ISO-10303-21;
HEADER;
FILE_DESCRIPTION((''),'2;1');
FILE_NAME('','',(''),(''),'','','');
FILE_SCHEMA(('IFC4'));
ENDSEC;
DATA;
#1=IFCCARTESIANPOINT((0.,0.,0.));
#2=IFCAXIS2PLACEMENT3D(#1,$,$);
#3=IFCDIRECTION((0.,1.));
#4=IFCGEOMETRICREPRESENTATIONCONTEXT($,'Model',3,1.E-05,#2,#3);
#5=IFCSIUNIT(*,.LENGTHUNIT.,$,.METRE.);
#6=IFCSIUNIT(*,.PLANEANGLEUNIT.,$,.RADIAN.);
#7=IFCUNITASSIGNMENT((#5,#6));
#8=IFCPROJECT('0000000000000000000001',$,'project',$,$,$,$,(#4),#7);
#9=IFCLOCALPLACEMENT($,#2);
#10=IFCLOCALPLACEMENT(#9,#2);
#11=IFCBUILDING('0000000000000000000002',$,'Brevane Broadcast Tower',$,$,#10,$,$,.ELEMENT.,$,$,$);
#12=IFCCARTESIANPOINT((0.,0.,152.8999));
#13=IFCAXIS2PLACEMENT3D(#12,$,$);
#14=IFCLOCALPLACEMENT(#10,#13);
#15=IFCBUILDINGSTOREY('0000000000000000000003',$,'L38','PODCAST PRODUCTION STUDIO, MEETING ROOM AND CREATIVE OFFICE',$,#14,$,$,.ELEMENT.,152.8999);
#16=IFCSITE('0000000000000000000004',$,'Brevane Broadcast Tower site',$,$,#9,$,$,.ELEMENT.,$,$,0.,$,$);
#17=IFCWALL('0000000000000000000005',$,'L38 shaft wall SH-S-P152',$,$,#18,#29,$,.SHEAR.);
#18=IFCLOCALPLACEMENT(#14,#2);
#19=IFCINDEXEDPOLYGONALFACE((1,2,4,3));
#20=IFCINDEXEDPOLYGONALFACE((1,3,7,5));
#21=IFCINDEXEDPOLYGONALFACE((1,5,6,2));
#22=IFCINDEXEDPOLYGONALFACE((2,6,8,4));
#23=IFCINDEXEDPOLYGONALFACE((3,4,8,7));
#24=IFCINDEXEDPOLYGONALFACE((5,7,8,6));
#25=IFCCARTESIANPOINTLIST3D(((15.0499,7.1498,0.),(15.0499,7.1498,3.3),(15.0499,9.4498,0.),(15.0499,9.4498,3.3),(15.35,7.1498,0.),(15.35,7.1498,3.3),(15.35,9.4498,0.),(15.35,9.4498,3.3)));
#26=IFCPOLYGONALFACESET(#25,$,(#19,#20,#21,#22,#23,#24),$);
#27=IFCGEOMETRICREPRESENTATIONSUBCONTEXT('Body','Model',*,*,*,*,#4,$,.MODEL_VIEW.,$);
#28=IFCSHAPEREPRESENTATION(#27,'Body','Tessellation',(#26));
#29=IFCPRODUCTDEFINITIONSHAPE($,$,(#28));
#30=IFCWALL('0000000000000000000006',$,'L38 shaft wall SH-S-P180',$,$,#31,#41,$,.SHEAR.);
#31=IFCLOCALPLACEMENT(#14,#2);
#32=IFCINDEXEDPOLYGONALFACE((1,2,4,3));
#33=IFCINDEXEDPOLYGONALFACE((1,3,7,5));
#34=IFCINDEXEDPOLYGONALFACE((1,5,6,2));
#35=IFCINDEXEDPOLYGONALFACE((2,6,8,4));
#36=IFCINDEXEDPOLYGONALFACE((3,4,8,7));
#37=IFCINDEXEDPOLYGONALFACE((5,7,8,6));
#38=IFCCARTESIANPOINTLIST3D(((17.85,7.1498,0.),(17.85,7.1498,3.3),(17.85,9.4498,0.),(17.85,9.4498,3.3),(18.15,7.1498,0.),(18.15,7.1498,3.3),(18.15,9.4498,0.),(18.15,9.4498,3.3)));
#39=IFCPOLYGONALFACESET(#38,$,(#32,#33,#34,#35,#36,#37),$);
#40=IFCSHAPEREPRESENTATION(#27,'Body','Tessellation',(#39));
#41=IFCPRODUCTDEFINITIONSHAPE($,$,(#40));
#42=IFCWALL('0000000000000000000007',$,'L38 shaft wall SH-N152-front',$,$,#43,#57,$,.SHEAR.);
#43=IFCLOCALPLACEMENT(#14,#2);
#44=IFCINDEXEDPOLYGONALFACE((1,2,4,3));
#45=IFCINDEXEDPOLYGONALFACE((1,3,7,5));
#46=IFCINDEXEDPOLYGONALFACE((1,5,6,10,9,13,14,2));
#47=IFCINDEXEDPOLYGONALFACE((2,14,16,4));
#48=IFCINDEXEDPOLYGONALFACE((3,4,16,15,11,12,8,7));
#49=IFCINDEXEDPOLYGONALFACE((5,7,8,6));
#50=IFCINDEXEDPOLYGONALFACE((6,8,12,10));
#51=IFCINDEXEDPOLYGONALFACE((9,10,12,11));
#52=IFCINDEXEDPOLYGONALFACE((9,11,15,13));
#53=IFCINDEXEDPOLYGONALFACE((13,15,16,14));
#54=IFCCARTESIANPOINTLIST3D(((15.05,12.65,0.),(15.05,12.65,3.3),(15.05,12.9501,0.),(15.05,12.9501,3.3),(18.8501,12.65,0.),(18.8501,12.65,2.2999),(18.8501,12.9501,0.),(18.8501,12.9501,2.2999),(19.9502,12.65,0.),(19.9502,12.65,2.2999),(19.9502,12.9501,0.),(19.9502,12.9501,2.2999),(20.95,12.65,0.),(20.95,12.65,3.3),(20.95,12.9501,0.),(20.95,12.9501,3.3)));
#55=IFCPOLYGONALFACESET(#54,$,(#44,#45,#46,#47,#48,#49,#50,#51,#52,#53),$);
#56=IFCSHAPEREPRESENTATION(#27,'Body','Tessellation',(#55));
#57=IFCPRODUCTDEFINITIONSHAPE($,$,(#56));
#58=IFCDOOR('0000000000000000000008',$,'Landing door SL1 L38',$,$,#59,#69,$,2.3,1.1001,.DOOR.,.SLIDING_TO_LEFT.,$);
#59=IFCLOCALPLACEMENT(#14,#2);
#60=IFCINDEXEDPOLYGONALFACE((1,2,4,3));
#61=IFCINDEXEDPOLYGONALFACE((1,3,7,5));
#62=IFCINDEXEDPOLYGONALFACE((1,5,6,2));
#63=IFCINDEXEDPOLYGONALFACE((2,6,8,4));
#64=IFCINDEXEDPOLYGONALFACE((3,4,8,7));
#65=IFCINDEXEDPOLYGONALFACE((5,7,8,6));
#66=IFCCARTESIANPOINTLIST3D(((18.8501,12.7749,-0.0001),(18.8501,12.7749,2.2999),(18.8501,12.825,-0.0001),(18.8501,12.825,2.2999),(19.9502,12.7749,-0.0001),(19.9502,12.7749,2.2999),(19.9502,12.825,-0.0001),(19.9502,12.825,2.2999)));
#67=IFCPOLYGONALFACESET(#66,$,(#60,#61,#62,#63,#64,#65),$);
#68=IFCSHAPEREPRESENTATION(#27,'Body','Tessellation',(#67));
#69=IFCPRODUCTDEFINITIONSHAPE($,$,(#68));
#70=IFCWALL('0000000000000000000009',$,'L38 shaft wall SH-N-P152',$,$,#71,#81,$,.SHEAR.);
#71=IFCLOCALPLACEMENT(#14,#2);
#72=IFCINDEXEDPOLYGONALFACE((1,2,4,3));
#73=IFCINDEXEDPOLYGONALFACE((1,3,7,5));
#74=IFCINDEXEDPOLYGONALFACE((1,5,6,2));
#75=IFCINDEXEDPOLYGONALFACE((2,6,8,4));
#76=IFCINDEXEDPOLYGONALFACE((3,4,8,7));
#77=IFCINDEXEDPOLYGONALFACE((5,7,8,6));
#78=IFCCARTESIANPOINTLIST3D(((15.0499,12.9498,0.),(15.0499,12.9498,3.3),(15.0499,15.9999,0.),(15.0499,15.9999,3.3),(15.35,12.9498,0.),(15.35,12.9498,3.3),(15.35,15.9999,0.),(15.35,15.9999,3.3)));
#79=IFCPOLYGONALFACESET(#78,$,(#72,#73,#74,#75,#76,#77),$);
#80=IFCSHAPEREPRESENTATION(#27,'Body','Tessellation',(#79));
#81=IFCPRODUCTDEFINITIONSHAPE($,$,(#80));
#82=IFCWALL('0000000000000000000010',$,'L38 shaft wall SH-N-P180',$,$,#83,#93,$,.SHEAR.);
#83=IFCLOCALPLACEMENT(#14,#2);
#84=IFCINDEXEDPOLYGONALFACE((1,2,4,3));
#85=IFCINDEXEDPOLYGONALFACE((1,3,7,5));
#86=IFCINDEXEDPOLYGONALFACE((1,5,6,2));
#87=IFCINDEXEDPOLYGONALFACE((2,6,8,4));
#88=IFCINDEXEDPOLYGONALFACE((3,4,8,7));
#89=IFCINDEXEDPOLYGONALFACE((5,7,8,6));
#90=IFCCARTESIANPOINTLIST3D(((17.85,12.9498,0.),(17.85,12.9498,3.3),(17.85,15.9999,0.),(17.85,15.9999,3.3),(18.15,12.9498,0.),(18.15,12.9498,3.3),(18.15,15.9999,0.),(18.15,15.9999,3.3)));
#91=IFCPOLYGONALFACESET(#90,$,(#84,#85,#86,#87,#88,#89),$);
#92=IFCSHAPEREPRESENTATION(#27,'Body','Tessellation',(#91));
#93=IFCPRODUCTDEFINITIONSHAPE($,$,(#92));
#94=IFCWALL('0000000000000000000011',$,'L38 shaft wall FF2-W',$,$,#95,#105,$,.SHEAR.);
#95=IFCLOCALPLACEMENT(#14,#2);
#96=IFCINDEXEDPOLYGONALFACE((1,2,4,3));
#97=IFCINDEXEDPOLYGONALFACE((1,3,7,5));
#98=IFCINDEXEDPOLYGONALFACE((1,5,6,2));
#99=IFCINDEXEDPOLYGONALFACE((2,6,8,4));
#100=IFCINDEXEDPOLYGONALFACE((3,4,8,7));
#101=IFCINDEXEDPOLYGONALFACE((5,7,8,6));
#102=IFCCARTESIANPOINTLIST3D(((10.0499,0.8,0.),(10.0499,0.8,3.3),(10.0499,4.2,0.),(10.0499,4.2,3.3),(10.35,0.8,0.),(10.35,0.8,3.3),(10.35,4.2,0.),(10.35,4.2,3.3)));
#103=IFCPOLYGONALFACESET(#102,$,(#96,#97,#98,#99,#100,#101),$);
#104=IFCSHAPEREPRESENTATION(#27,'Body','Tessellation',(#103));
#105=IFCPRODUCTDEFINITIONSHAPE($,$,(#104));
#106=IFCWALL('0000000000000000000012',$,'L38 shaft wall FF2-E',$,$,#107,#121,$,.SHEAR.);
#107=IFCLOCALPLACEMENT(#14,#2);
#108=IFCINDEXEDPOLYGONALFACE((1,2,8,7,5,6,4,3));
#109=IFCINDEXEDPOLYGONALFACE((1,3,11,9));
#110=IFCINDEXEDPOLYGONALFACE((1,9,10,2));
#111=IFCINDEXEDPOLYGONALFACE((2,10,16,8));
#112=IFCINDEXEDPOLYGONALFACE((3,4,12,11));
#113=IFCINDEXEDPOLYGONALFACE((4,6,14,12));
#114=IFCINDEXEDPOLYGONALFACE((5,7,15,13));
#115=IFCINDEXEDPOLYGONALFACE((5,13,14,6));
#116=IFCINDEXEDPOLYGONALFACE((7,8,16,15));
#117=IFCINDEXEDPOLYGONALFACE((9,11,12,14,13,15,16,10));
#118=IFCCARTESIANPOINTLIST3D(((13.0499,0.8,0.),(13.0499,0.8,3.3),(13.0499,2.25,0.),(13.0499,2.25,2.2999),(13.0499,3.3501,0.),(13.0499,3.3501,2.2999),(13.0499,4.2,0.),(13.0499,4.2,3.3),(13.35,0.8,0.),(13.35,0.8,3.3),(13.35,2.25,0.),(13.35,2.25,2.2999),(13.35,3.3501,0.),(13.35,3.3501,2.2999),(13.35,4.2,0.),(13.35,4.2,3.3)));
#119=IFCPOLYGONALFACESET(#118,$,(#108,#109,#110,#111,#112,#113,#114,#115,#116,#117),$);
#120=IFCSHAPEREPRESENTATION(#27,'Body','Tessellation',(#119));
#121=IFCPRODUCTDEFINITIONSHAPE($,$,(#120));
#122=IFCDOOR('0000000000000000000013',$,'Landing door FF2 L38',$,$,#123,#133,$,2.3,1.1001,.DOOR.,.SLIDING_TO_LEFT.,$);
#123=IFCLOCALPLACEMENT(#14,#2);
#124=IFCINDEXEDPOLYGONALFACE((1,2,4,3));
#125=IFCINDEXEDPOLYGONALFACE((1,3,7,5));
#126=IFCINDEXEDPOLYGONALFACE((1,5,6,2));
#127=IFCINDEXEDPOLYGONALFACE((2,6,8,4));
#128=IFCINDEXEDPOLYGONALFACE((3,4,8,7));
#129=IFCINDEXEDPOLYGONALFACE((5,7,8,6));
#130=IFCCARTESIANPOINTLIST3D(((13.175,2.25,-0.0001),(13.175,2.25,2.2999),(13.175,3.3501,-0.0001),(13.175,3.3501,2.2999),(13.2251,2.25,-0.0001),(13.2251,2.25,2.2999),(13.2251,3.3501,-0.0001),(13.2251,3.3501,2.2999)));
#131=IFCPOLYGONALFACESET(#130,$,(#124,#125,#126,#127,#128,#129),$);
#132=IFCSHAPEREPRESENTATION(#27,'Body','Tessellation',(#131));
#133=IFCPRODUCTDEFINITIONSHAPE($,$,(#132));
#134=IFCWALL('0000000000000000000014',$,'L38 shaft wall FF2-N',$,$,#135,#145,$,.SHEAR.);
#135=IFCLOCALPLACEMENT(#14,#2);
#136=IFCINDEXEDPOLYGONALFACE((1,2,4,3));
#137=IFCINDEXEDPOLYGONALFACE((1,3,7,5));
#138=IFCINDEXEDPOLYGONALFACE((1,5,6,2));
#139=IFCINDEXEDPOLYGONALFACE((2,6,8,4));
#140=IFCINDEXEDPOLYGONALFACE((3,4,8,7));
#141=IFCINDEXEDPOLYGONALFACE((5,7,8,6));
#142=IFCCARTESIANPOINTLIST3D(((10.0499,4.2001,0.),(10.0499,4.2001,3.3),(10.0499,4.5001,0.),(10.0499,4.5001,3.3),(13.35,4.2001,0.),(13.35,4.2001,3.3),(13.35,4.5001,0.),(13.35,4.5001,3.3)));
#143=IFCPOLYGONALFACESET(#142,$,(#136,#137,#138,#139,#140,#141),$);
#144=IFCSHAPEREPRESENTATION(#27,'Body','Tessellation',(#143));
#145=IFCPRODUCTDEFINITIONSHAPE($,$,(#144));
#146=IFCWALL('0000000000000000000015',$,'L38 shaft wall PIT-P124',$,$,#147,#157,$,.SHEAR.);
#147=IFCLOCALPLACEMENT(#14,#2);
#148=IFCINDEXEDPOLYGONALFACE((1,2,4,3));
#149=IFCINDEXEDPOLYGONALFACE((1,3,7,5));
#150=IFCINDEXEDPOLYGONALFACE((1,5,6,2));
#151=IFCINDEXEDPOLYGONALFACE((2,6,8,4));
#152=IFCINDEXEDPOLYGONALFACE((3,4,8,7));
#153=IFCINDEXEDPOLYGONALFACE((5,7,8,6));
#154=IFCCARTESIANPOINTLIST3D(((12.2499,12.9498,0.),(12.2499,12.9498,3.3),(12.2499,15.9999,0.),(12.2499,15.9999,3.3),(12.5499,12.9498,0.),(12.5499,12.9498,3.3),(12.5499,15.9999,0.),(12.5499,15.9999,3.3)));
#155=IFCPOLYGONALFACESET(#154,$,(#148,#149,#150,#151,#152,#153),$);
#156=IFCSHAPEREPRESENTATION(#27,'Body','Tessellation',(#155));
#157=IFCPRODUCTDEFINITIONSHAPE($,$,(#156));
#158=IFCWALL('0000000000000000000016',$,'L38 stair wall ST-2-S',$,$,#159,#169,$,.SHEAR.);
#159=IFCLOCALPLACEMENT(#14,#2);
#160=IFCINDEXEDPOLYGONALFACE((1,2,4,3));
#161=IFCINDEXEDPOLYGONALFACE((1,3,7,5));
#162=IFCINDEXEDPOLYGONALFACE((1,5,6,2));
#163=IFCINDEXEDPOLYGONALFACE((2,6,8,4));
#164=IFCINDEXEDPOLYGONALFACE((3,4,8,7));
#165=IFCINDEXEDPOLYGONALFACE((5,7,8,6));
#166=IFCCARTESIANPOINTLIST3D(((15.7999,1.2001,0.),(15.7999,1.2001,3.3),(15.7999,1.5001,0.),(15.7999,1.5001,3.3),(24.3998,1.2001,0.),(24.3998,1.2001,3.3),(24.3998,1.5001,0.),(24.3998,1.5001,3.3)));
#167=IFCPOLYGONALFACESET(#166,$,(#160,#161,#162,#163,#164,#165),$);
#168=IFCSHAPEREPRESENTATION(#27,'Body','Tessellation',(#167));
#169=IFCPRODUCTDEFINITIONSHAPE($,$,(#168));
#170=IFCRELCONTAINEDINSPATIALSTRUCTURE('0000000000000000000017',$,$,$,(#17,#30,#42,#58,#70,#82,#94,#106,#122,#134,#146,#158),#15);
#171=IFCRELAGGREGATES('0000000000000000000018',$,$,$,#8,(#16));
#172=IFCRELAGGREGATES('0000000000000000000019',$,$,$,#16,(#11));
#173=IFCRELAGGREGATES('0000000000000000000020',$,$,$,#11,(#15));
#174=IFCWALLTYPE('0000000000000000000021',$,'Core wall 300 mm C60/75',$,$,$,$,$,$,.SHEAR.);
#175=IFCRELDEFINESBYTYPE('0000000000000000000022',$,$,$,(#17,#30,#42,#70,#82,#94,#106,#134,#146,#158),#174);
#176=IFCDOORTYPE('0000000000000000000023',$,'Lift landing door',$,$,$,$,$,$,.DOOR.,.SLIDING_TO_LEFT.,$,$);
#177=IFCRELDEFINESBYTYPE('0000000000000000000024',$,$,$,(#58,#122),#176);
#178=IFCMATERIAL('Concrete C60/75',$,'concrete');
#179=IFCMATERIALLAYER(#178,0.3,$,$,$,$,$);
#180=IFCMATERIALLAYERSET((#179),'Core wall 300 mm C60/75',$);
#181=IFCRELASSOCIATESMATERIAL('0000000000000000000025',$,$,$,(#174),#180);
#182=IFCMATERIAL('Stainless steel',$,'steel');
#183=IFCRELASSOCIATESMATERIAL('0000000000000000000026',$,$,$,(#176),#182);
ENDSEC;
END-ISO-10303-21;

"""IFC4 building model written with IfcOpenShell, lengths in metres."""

from ifc_helpers import new_model, si_unit, direction, frame, frame_2d, origin, place, context, subcontext, project, spatial, rectangle, extrude, material, layer, layer_set, type_object, element, fill, save


model = new_model("IFC4")

# Units and contexts
model_context = context("Model", 3, precision=1e-05, world=origin(), true_north=direction((0.0, 1.0)))
body_context = subcontext(model_context, "Body", "Model", "MODEL_VIEW")
ifc_project = project(units=[si_unit("LENGTHUNIT", "METRE"), si_unit("PLANEANGLEUNIT", "RADIAN")], contexts=[model_context])

# Site, building, storey
site_placement = place(None, origin())
site = spatial("IfcSite", under=ifc_project, at=site_placement, Name="Brevane Broadcast Tower site", CompositionType="ELEMENT", RefElevation=0.0)
building_placement = place(site_placement, origin())
building = spatial("IfcBuilding", under=site, at=building_placement, Name="Brevane Broadcast Tower", CompositionType="ELEMENT")
storey_placement = place(building_placement, frame((0.0, 0.0, 152.8999)))
storey = spatial("IfcBuildingStorey", under=building, at=storey_placement, Name="L38", Description="PODCAST PRODUCTION STUDIO, MEETING ROOM AND CREATIVE OFFICE", CompositionType="ELEMENT", Elevation=152.8999)

# Walls
ifc_material_1 = material(Name="Concrete C60/75", Category="concrete")
ifc_layer_1 = layer(ifc_material_1, 0.3)
ifc_layer_set_1 = layer_set([ifc_layer_1], Name="Core wall 300 mm C60/75")
wall_type_1 = type_object("IfcWallType", Name="Core wall 300 mm C60/75", PredefinedType="SHEAR", material=ifc_layer_set_1)
for number, where, z_axis, x_axis, name in (
    (1, (15.2, 7.1499, 0.0), (0.0, 0.0, 1.0), (0.0, 1.0, 0.0), "L38 shaft wall SH-S-P152"),
    (2, (18.0, 7.1499, 0.0), (0.0, 0.0, 1.0), (0.0, 1.0, 0.0), "L38 shaft wall SH-S-P180"),
):
    element("IfcWall", number, at=place(storey_placement, frame(where, z_axis=z_axis, x_axis=x_axis)), inside=storey, type_object=wall_type_1, Name=name, PredefinedType="SHEAR", context=body_context, shape_type="SweptSolid", body=[
        extrude(rectangle(XDim=2.3, YDim=0.3, at=frame_2d((1.1499, 0.0))), origin(), (0.0, 0.0, 1.0), 3.3),
    ])

# Wall, opening, door
wall_1_placement = place(storey_placement, frame((15.05, 12.8, 0.0), z_axis=(0.0, 0.0, 1.0), x_axis=(1.0, 0.0, 0.0)))
wall_1 = element("IfcWall", 3, at=wall_1_placement, inside=storey, type_object=wall_type_1, Name="L38 shaft wall SH-N152-front", PredefinedType="SHEAR", context=body_context, shape_type="SweptSolid", body=[
    extrude(rectangle(XDim=5.8999, YDim=0.3, at=frame_2d((2.95, 0.0))), origin(), (0.0, 0.0, 1.0), 3.3),
])
opening_1_placement = place(wall_1_placement, frame((3.8, 0.0, 0.0)))
opening_1 = element("IfcOpeningElement", 4, at=opening_1_placement, cuts=wall_1, PredefinedType="OPENING", context=body_context, shape_type="SweptSolid", body=[
    extrude(rectangle(XDim=1.1001, YDim=2.3, at=frame_2d((0.55, 1.1499))), frame((0.0, 0.1599, 0.0), z_axis=(0.0, -1.0, 0.0), x_axis=(1.0, 0.0, 0.0)), (0.0, 0.0, 1.0), 0.3201),
])
ifc_material_2 = material(Name="Stainless steel", Category="steel")
door_type_1 = type_object("IfcDoorType", Name="Lift landing door", OperationType="SLIDING_TO_LEFT", PredefinedType="DOOR", material=ifc_material_2)
door_1_placement = place(opening_1_placement, origin())
door_1 = element("IfcDoor", 5, at=door_1_placement, inside=storey, type_object=door_type_1, Name="Landing door SL1 L38", OperationType="SLIDING_TO_LEFT", OverallHeight=2.3, OverallWidth=1.1001, PredefinedType="DOOR", context=body_context, shape_type="SweptSolid", body=[
    extrude(rectangle(XDim=1.1001, YDim=2.3, at=frame_2d((0.55, 1.1499))), frame((0.0, 0.0249, 0.0), z_axis=(0.0, -1.0, 0.0), x_axis=(1.0, 0.0, 0.0)), (0.0, 0.0, 1.0), 0.05),
])
fill(opening_1, door_1)

# Walls
for number, where, z_axis, x_axis, name in (
    (6, (15.2, 12.95, 0.0), (0.0, 0.0, 1.0), (0.0, 1.0, 0.0), "L38 shaft wall SH-N-P152"),
    (7, (18.0, 12.95, 0.0), (0.0, 0.0, 1.0), (0.0, 1.0, 0.0), "L38 shaft wall SH-N-P180"),
):
    element("IfcWall", number, at=place(storey_placement, frame(where, z_axis=z_axis, x_axis=x_axis)), inside=storey, type_object=wall_type_1, Name=name, PredefinedType="SHEAR", context=body_context, shape_type="SweptSolid", body=[
        extrude(rectangle(XDim=3.05, YDim=0.3, at=frame_2d((1.5249, 0.0))), origin(), (0.0, 0.0, 1.0), 3.3),
    ])
wall_2_placement = place(storey_placement, frame((10.2, 0.8, 0.0), z_axis=(0.0, 0.0, 1.0), x_axis=(0.0, 1.0, 0.0)))
element("IfcWall", 8, at=wall_2_placement, inside=storey, type_object=wall_type_1, Name="L38 shaft wall FF2-W", PredefinedType="SHEAR", context=body_context, shape_type="SweptSolid", body=[
    extrude(rectangle(XDim=3.3999, YDim=0.3, at=frame_2d((1.7, 0.0))), origin(), (0.0, 0.0, 1.0), 3.3),
])

# Wall, opening, door
wall_3_placement = place(storey_placement, frame((13.2, 0.8, 0.0), z_axis=(0.0, 0.0, 1.0), x_axis=(0.0, 1.0, 0.0)))
wall_3 = element("IfcWall", 9, at=wall_3_placement, inside=storey, type_object=wall_type_1, Name="L38 shaft wall FF2-E", PredefinedType="SHEAR", context=body_context, shape_type="SweptSolid", body=[
    extrude(rectangle(XDim=3.3999, YDim=0.3, at=frame_2d((1.7, 0.0))), origin(), (0.0, 0.0, 1.0), 3.3),
])
opening_2_placement = place(wall_3_placement, frame((1.45, 0.0, 0.0)))
opening_2 = element("IfcOpeningElement", 10, at=opening_2_placement, cuts=wall_3, PredefinedType="OPENING", context=body_context, shape_type="SweptSolid", body=[
    extrude(rectangle(XDim=1.1001, YDim=2.3, at=frame_2d((0.55, 1.1499))), frame((0.0, 0.1599, 0.0), z_axis=(0.0, -1.0, 0.0), x_axis=(1.0, 0.0, 0.0)), (0.0, 0.0, 1.0), 0.3201),
])
door_2_placement = place(opening_2_placement, origin())
door_2 = element("IfcDoor", 11, at=door_2_placement, inside=storey, type_object=door_type_1, Name="Landing door FF2 L38", OperationType="SLIDING_TO_LEFT", OverallHeight=2.3, OverallWidth=1.1001, PredefinedType="DOOR", context=body_context, shape_type="SweptSolid", body=[
    extrude(rectangle(XDim=1.1001, YDim=2.3, at=frame_2d((0.55, 1.1499))), frame((0.0, 0.0249, 0.0), z_axis=(0.0, -1.0, 0.0), x_axis=(1.0, 0.0, 0.0)), (0.0, 0.0, 1.0), 0.05),
])
fill(opening_2, door_2)

# Walls
wall_4_placement = place(storey_placement, frame((10.05, 4.3501, 0.0), z_axis=(0.0, 0.0, 1.0), x_axis=(1.0, 0.0, 0.0)))
element("IfcWall", 12, at=wall_4_placement, inside=storey, type_object=wall_type_1, Name="L38 shaft wall FF2-N", PredefinedType="SHEAR", context=body_context, shape_type="SweptSolid", body=[
    extrude(rectangle(XDim=3.3, YDim=0.3, at=frame_2d((1.6499, 0.0))), origin(), (0.0, 0.0, 1.0), 3.3),
])
wall_5_placement = place(storey_placement, frame((12.3999, 12.95, 0.0), z_axis=(0.0, 0.0, 1.0), x_axis=(0.0, 1.0, 0.0)))
element("IfcWall", 13, at=wall_5_placement, inside=storey, type_object=wall_type_1, Name="L38 shaft wall PIT-P124", PredefinedType="SHEAR", context=body_context, shape_type="SweptSolid", body=[
    extrude(rectangle(XDim=3.05, YDim=0.3, at=frame_2d((1.5249, 0.0))), origin(), (0.0, 0.0, 1.0), 3.3),
])
wall_6_placement = place(storey_placement, frame((15.8, 1.3501, 0.0), z_axis=(0.0, 0.0, 1.0), x_axis=(1.0, 0.0, 0.0)))
element("IfcWall", 14, at=wall_6_placement, inside=storey, type_object=wall_type_1, Name="L38 stair wall ST-2-S", PredefinedType="SHEAR", context=body_context, shape_type="SweptSolid", body=[
    extrude(rectangle(XDim=8.5999, YDim=0.3, at=frame_2d((4.2998, 0.0))), origin(), (0.0, 0.0, 1.0), 3.3),
])

save(model, "model.ifc")
